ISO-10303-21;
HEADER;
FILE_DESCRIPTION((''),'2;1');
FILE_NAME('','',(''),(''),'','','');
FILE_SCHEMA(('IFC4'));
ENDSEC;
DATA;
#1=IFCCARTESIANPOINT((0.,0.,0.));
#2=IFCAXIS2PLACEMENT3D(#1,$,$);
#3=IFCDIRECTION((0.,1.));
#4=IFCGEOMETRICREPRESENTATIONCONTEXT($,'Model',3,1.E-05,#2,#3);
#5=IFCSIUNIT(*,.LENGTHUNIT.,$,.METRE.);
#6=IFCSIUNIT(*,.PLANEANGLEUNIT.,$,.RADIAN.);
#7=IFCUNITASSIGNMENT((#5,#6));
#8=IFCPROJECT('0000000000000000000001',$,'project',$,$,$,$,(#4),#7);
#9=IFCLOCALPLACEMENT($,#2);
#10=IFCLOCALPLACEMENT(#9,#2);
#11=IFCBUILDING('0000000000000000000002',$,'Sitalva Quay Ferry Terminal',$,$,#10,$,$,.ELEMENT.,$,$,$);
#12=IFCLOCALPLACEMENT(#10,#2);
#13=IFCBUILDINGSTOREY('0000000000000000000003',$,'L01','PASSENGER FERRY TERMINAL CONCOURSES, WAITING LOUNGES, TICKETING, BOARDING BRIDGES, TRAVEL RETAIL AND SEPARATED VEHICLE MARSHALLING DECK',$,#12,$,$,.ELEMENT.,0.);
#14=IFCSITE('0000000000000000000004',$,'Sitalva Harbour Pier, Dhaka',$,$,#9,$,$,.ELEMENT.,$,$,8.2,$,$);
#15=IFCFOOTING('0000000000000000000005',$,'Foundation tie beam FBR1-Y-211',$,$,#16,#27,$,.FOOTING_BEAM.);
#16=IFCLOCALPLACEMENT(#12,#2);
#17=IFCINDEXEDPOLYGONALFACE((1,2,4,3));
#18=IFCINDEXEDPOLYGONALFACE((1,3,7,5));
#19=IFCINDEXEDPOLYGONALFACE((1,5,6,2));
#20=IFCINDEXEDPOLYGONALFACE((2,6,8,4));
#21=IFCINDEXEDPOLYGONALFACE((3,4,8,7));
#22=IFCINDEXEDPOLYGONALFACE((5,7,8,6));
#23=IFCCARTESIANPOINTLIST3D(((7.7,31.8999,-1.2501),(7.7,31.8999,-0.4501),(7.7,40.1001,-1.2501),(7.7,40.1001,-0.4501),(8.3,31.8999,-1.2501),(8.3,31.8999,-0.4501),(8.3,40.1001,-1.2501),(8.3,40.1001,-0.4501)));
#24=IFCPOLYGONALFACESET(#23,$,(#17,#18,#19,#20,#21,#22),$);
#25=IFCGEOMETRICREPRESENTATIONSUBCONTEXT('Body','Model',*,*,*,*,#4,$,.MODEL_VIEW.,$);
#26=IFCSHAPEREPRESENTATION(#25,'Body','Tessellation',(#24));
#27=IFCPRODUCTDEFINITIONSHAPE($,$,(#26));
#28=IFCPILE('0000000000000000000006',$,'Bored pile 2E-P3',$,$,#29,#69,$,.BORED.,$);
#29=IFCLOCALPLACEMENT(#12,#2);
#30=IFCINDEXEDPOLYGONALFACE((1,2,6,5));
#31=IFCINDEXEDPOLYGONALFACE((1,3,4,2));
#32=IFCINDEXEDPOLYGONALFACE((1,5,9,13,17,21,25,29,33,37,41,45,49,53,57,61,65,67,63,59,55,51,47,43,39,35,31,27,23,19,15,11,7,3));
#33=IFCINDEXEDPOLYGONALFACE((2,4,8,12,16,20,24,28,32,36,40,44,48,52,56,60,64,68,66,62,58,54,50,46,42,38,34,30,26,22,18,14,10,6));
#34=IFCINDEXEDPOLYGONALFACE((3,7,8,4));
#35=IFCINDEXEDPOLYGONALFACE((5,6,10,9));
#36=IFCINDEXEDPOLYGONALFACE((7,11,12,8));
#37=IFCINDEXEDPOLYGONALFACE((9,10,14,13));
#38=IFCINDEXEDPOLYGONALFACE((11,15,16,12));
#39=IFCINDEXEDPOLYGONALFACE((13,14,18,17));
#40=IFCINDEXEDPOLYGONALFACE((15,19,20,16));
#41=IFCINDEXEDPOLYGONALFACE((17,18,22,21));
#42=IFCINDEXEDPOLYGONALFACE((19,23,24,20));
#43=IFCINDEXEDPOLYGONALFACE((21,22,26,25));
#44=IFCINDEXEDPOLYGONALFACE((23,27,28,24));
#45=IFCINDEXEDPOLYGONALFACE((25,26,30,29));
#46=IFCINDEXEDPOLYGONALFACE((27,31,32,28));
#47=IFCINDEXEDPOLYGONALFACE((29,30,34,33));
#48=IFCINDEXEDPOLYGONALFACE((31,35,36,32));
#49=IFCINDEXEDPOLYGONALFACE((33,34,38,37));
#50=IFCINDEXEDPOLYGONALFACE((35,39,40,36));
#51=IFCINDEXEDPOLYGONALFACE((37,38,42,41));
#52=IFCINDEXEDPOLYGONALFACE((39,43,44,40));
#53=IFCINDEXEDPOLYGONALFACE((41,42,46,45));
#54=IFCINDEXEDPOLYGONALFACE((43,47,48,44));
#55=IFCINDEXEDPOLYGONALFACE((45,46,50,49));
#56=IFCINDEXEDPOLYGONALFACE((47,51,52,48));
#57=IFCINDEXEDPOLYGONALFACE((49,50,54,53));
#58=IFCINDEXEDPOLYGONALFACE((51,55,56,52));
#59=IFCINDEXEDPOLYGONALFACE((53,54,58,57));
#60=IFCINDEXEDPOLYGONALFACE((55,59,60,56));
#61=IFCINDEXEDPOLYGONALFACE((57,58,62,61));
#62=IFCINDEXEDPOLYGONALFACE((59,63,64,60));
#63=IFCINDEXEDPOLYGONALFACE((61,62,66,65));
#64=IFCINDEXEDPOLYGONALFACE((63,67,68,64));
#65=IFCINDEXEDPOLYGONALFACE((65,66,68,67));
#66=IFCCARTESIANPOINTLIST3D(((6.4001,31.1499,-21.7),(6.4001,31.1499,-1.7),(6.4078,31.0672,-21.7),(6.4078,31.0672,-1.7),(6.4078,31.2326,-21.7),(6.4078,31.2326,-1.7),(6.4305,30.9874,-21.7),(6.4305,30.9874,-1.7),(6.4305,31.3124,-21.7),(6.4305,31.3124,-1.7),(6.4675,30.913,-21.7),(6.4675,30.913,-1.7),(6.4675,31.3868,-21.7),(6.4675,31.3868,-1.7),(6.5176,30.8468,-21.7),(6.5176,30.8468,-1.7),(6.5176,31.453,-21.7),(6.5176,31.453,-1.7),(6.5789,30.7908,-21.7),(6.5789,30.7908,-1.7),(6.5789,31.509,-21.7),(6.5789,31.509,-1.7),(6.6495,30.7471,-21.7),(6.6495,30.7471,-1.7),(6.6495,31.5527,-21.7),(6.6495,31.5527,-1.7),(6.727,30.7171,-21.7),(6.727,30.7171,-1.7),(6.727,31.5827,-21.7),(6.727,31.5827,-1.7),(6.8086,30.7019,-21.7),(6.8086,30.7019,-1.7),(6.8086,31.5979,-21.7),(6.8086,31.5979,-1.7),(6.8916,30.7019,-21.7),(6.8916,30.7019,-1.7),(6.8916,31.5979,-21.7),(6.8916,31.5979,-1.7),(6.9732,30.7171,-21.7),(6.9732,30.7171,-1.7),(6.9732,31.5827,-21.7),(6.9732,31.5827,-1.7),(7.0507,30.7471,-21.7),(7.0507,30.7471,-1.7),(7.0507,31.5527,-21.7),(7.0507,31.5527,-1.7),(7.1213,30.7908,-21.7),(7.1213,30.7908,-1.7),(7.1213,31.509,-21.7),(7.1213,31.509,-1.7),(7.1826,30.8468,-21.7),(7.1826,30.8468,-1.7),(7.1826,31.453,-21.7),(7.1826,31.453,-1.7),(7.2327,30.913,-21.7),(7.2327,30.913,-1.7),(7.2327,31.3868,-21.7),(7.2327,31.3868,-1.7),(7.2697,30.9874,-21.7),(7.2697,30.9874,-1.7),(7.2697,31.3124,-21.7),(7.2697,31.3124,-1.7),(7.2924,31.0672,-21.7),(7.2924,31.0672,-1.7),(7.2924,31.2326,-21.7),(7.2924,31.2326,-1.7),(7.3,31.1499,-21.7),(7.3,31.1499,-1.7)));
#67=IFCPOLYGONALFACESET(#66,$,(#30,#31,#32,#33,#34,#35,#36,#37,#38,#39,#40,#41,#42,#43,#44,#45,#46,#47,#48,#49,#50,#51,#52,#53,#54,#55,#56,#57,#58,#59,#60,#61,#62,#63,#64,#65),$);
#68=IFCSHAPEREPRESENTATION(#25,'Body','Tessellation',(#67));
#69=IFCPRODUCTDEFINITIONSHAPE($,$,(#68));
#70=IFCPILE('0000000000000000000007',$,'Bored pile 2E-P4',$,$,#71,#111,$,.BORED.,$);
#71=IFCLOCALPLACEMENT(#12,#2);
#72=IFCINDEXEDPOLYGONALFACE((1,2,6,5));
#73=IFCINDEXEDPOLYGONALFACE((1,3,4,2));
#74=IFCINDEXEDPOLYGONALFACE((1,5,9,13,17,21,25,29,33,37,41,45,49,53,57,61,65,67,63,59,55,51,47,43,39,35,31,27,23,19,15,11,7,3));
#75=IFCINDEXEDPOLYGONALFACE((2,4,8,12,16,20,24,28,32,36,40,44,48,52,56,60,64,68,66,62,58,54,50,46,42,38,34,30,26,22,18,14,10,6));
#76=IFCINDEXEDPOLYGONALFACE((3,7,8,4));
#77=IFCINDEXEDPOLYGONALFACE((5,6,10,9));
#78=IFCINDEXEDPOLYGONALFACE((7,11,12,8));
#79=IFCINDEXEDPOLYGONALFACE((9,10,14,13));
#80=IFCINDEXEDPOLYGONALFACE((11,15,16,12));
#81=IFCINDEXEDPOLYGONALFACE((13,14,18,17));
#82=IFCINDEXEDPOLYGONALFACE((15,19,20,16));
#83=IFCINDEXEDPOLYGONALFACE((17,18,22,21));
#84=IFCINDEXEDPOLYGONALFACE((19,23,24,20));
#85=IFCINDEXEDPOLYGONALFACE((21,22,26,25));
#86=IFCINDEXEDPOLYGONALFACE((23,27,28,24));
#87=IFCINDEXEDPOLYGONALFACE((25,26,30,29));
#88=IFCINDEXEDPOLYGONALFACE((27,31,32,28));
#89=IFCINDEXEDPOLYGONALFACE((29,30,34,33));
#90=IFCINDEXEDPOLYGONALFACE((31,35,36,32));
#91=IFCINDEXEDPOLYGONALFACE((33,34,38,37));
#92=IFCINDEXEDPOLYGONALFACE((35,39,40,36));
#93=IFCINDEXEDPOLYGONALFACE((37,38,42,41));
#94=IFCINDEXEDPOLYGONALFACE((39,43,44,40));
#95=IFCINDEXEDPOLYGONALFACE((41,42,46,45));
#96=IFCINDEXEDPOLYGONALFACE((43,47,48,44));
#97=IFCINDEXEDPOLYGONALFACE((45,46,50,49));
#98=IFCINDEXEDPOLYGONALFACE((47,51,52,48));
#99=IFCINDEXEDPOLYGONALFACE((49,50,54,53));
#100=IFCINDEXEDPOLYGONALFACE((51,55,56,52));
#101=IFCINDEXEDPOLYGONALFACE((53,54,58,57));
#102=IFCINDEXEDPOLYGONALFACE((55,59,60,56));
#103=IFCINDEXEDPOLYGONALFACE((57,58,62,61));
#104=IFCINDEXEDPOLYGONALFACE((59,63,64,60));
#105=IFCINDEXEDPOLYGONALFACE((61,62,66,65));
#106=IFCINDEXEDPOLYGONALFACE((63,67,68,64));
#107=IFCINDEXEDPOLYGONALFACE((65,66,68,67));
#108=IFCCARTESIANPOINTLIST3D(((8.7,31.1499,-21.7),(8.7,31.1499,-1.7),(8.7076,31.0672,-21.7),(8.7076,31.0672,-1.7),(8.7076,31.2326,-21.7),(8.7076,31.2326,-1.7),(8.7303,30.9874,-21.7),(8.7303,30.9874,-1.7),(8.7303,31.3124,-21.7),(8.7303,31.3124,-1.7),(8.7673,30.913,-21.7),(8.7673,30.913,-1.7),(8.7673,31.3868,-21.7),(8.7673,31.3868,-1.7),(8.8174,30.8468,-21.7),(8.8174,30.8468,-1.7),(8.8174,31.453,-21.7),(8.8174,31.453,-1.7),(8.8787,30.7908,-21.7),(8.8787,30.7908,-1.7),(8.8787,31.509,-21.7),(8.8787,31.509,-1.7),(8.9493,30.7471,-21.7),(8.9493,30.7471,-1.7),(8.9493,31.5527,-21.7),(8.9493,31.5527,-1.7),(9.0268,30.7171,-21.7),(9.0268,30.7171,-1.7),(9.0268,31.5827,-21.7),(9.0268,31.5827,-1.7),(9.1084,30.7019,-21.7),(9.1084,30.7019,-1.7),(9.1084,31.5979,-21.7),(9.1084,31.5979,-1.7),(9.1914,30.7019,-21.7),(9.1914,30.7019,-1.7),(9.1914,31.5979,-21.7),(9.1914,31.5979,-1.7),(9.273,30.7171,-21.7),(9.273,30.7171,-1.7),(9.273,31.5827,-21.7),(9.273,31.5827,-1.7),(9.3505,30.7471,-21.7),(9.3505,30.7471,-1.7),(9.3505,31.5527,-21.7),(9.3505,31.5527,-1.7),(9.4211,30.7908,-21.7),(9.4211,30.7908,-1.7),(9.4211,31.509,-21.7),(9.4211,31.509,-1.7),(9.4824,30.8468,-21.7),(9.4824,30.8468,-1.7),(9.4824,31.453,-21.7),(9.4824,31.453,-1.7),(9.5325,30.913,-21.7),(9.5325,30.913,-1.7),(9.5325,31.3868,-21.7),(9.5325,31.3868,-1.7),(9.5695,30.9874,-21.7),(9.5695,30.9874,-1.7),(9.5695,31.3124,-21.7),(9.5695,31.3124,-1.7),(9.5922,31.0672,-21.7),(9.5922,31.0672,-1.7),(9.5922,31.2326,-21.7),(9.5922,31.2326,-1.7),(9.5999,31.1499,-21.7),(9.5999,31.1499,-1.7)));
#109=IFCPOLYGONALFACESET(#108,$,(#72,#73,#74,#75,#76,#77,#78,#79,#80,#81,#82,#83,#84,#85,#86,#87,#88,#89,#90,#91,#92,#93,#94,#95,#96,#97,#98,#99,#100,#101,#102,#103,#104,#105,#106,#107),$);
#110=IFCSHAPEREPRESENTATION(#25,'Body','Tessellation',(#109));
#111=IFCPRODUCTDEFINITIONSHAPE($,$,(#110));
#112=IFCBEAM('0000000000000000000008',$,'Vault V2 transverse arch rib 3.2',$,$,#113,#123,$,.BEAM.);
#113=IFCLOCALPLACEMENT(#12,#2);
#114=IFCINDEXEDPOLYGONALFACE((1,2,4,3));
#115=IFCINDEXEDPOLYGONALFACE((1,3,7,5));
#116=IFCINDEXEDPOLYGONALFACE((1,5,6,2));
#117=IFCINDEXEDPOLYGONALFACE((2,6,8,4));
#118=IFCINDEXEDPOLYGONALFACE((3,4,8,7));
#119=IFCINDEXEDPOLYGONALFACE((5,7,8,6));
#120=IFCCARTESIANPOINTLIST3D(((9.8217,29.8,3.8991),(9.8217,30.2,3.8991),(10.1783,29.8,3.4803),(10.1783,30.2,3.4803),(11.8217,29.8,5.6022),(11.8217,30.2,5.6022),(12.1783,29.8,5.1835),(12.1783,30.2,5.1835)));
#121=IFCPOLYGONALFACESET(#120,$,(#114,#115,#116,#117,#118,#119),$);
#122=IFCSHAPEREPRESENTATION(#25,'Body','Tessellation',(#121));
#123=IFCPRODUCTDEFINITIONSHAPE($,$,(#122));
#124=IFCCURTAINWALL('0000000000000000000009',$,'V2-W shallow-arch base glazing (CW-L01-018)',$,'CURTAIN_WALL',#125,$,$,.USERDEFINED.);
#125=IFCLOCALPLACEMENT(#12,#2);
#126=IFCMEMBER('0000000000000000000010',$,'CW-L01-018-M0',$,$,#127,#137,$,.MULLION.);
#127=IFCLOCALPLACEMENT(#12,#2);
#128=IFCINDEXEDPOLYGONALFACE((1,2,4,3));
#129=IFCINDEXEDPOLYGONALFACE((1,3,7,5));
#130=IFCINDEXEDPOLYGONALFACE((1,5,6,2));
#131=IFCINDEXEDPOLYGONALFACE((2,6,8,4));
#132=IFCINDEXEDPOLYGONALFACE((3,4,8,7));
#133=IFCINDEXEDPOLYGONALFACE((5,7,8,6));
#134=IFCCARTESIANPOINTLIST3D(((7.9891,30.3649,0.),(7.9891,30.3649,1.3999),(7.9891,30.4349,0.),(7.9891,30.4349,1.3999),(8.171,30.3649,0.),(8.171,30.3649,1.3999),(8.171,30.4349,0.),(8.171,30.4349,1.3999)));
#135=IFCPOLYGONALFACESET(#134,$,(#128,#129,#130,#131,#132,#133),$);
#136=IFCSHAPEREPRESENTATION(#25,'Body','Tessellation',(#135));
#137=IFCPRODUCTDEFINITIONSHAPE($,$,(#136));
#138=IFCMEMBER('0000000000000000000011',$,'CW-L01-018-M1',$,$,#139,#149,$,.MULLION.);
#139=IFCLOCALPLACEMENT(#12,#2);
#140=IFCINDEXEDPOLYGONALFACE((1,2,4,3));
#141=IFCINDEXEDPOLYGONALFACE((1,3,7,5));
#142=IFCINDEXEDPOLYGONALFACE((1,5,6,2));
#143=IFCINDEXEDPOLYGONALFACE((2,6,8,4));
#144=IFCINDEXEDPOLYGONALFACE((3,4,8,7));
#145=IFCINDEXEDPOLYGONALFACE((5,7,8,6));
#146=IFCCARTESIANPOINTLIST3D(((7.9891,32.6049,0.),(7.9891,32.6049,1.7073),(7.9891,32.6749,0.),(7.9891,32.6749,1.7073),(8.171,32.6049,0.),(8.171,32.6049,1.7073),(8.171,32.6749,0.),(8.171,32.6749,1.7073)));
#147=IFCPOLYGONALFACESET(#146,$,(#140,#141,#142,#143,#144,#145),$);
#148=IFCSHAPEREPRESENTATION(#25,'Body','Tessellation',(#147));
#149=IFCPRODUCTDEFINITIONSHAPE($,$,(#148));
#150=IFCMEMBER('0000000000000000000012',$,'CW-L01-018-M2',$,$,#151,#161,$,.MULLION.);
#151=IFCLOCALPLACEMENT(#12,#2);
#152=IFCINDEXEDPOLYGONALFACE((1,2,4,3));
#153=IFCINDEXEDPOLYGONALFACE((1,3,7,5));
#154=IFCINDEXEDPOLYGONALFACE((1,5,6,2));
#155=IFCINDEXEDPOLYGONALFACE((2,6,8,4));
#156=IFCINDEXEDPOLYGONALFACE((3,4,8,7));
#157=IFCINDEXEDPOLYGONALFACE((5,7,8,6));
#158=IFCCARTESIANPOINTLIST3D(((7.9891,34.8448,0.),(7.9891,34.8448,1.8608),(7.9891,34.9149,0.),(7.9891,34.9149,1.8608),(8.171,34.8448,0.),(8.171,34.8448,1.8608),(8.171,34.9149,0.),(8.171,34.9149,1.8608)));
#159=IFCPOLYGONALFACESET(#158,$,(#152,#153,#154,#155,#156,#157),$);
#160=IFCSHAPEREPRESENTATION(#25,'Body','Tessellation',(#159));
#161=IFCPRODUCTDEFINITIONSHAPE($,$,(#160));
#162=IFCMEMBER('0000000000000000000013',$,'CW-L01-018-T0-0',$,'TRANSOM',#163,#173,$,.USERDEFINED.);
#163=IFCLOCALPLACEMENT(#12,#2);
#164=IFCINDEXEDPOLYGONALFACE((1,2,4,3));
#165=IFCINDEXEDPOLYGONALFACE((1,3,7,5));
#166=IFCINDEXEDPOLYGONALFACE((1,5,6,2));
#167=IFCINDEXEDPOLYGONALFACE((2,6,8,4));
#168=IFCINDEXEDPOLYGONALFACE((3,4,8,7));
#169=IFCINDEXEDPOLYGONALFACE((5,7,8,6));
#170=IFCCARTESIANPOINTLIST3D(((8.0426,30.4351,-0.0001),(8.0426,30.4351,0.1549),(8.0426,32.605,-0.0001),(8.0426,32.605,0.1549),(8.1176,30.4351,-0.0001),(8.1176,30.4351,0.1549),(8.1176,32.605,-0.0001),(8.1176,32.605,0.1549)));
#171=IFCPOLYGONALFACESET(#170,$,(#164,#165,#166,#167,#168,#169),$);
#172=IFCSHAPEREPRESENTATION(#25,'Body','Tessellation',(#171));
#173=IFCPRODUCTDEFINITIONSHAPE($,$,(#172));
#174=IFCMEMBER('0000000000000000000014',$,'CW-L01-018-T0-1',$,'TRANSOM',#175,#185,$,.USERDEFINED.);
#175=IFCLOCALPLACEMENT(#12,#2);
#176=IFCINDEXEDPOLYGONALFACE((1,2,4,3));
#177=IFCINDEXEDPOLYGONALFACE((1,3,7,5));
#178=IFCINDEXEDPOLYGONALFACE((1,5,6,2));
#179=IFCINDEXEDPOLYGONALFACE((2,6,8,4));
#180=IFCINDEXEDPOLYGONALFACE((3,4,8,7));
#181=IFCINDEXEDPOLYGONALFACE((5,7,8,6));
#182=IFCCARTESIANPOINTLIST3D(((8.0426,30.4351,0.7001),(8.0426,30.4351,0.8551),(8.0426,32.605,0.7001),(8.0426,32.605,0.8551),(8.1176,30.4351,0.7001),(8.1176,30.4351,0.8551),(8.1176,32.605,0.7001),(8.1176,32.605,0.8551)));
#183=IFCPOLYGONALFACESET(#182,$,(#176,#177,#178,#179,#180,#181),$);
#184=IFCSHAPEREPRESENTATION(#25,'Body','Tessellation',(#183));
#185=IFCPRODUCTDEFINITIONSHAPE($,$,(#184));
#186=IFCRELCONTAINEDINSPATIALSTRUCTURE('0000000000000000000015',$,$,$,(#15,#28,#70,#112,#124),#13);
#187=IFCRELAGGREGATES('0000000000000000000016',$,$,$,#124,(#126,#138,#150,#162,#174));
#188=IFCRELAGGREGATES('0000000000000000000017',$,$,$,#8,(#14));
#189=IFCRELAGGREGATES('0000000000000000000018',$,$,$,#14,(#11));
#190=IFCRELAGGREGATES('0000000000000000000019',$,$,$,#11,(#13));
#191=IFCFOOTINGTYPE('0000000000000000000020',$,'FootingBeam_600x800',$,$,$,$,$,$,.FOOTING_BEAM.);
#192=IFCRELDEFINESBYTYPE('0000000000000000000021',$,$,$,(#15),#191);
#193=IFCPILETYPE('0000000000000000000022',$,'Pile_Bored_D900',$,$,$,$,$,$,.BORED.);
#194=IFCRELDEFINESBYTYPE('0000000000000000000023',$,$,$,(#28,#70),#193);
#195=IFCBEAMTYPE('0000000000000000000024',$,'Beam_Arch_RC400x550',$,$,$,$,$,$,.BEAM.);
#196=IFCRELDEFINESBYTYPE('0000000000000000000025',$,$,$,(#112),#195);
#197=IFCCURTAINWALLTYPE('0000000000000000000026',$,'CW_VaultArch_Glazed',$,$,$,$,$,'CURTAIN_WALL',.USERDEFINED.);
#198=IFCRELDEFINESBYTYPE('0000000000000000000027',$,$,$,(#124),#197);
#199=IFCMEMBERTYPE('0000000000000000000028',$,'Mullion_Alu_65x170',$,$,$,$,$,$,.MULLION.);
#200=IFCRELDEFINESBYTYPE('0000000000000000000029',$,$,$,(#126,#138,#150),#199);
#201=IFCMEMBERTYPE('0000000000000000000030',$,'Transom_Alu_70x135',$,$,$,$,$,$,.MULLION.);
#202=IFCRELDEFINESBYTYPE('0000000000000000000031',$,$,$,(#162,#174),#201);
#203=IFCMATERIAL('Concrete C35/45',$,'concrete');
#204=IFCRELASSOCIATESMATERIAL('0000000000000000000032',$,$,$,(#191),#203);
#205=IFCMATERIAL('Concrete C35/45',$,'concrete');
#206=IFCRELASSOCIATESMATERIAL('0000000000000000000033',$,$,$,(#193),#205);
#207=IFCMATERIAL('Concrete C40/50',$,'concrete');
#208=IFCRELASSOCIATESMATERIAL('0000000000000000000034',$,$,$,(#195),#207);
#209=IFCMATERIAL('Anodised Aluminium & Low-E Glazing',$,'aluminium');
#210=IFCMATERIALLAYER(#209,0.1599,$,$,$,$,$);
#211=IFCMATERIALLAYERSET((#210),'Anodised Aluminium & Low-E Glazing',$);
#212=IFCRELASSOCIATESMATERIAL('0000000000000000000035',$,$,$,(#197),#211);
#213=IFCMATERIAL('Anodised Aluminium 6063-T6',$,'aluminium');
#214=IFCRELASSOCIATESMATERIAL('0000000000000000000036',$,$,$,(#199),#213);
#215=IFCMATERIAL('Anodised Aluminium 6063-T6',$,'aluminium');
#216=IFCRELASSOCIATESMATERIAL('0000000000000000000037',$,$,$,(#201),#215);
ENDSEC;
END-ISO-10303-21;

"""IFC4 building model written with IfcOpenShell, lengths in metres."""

from ifc_helpers import new_model, si_unit, direction, frame, origin, origin_2d, place, context, subcontext, project, spatial, rectangle, circle, extrude, material, layer, layer_set, material_profile, profile_set, type_object, element, aggregate, save


model = new_model("IFC4")

# Units and contexts
model_context = context("Model", 3, precision=1e-05, world=origin(), true_north=direction((0.0, 1.0)))
body_context = subcontext(model_context, "Body", "Model", "MODEL_VIEW")
ifc_project = project(units=[si_unit("LENGTHUNIT", "METRE"), si_unit("PLANEANGLEUNIT", "RADIAN")], contexts=[model_context])

# Site, building, storey
site_placement = place(None, origin())
site = spatial("IfcSite", under=ifc_project, at=site_placement, Name="Sitalva Harbour Pier, Dhaka", CompositionType="ELEMENT", RefElevation=8.2)
building_placement = place(site_placement, origin())
building = spatial("IfcBuilding", under=site, at=building_placement, Name="Sitalva Quay Ferry Terminal", CompositionType="ELEMENT")
storey_placement = place(building_placement, origin())
storey = spatial("IfcBuildingStorey", under=building, at=storey_placement, Name="L01", Description="PASSENGER FERRY TERMINAL CONCOURSES, WAITING LOUNGES, TICKETING, BOARDING BRIDGES, TRAVEL RETAIL AND SEPARATED VEHICLE MARSHALLING DECK", CompositionType="ELEMENT", Elevation=0.0)

# Footing
ifc_material_1 = material(Name="Concrete C35/45", Category="concrete")
ifc_material_profile_1 = material_profile(ifc_material_1, rectangle(XDim=0.6001, YDim=0.8, at=origin_2d()), Name="RC600x800")
ifc_profile_set_1 = profile_set([ifc_material_profile_1], Name="Concrete C35/45")
footing_type = type_object("IfcFootingType", Name="FootingBeam_600x800", PredefinedType="FOOTING_BEAM", material=ifc_profile_set_1)
footing_placement = place(storey_placement, frame((8.0, 31.8999, -0.8501), z_axis=(0.0, 1.0, 0.0), x_axis=(-1.0, 0.0, 0.0)))
element("IfcFooting", 1, at=footing_placement, inside=storey, type_object=footing_type, Name="Foundation tie beam FBR1-Y-211", PredefinedType="FOOTING_BEAM", context=body_context, shape_type="SweptSolid", body=[
    extrude(rectangle(XDim=0.6001, YDim=0.8, at=origin_2d()), origin(), (0.0, 0.0, 1.0), 8.2002),
])

# Piles
ifc_material_2 = material(Name="Concrete C35/45", Category="concrete")
ifc_material_profile_2 = material_profile(ifc_material_2, circle(Radius=0.45, at=origin_2d()), Name="PILE-D900")
ifc_profile_set_2 = profile_set([ifc_material_profile_2], Name="Concrete C35/45")
pile_type = type_object("IfcPileType", Name="Pile_Bored_D900", PredefinedType="BORED", material=ifc_profile_set_2)
for number, where, z_axis, x_axis, name in (
    (2, (6.8501, 31.1499, -1.7), (0.0, 0.0, -1.0), (1.0, 0.0, 0.0), "Bored pile 2E-P3"),
    (3, (9.1499, 31.1499, -1.7), (0.0, 0.0, -1.0), (1.0, 0.0, 0.0), "Bored pile 2E-P4"),
):
    element("IfcPile", number, at=place(storey_placement, frame(where, z_axis=z_axis, x_axis=x_axis)), inside=storey, type_object=pile_type, Name=name, PredefinedType="BORED", context=body_context, shape_type="SweptSolid", body=[
        extrude(circle(Radius=0.45, at=origin_2d()), origin(), (0.0, 0.0, 1.0), 20.0),
    ])

# Beam
ifc_material_3 = material(Name="Concrete C40/50", Category="concrete")
ifc_material_profile_3 = material_profile(ifc_material_3, rectangle(XDim=0.3999, YDim=0.55, at=origin_2d()), Name="RC400x550")
ifc_profile_set_3 = profile_set([ifc_material_profile_3], Name="Concrete C40/50")
beam_type = type_object("IfcBeamType", Name="Beam_Arch_RC400x550", PredefinedType="BEAM", material=ifc_profile_set_3)
beam_placement = place(storey_placement, frame((10.0, 30.0, 3.6897), z_axis=(0.761352, 0.0, 0.648339), x_axis=(0.0, 1.0, 0.0)))
element("IfcBeam", 4, at=beam_placement, inside=storey, type_object=beam_type, Name="Vault V2 transverse arch rib 3.2", PredefinedType="BEAM", context=body_context, shape_type="SweptSolid", body=[
    extrude(rectangle(XDim=0.3999, YDim=0.55, at=origin_2d()), origin(), (0.0, 0.0, 1.0), 2.627),
])

# Curtain wall, members
ifc_material_4 = material(Name="Anodised Aluminium & Low-E Glazing", Category="aluminium")
ifc_layer_1 = layer(ifc_material_4, 0.1599)
ifc_layer_set_1 = layer_set([ifc_layer_1], Name="Anodised Aluminium & Low-E Glazing")
curtain_wall_type = type_object("IfcCurtainWallType", Name="CW_VaultArch_Glazed", ElementType="CURTAIN_WALL", PredefinedType="USERDEFINED", material=ifc_layer_set_1)
curtain_wall_placement = place(storey_placement, origin())
curtain_wall = element("IfcCurtainWall", 5, at=curtain_wall_placement, inside=storey, type_object=curtain_wall_type, Name="V2-W shallow-arch base glazing (CW-L01-018)", ObjectType="CURTAIN_WALL", PredefinedType="USERDEFINED")
ifc_material_5 = material(Name="Anodised Aluminium 6063-T6", Category="aluminium")
ifc_material_profile_4 = material_profile(ifc_material_5, rectangle(XDim=0.0701, YDim=0.1819, at=origin_2d()), Name="ALU70x182")
ifc_profile_set_4 = profile_set([ifc_material_profile_4], Name="Anodised Aluminium 6063-T6")
member_type_1 = type_object("IfcMemberType", Name="Mullion_Alu_65x170", PredefinedType="MULLION", material=ifc_profile_set_4)
member_1_placement = place(storey_placement, frame((8.0801, 30.3999, 0.0), z_axis=(0.0, 0.0, 1.0), x_axis=(0.0, 1.0, 0.0)))
member_1 = element("IfcMember", 6, at=member_1_placement, type_object=member_type_1, Name="CW-L01-018-M0", PredefinedType="MULLION", context=body_context, shape_type="SweptSolid", body=[
    extrude(rectangle(XDim=0.0701, YDim=0.1819, at=origin_2d()), origin(), (0.0, 0.0, 1.0), 1.3999),
])
member_2_placement = place(storey_placement, frame((8.0801, 32.6399, 0.0), z_axis=(0.0, 0.0, 1.0), x_axis=(0.0, 1.0, 0.0)))
member_2 = element("IfcMember", 7, at=member_2_placement, type_object=member_type_1, Name="CW-L01-018-M1", PredefinedType="MULLION", context=body_context, shape_type="SweptSolid", body=[
    extrude(rectangle(XDim=0.0701, YDim=0.1819, at=origin_2d()), origin(), (0.0, 0.0, 1.0), 1.7073),
])
member_3_placement = place(storey_placement, frame((8.0801, 34.8799, 0.0), z_axis=(0.0, 0.0, 1.0), x_axis=(0.0, 1.0, 0.0)))
member_3 = element("IfcMember", 8, at=member_3_placement, type_object=member_type_1, Name="CW-L01-018-M2", PredefinedType="MULLION", context=body_context, shape_type="SweptSolid", body=[
    extrude(rectangle(XDim=0.0701, YDim=0.1819, at=origin_2d()), origin(), (0.0, 0.0, 1.0), 1.8608),
])
ifc_material_6 = material(Name="Anodised Aluminium 6063-T6", Category="aluminium")
ifc_material_profile_5 = material_profile(ifc_material_6, rectangle(XDim=0.075, YDim=0.155, at=origin_2d()), Name="ALU75x155")
ifc_profile_set_5 = profile_set([ifc_material_profile_5], Name="Anodised Aluminium 6063-T6")
member_type_2 = type_object("IfcMemberType", Name="Transom_Alu_70x135", PredefinedType="MULLION", material=ifc_profile_set_5)
member_4_placement = place(storey_placement, frame((8.0801, 30.4351, 0.0774), z_axis=(0.0, 1.0, 0.0), x_axis=(-1.0, 0.0, 0.0)))
member_4 = element("IfcMember", 9, at=member_4_placement, type_object=member_type_2, Name="CW-L01-018-T0-0", ObjectType="TRANSOM", PredefinedType="USERDEFINED", context=body_context, shape_type="SweptSolid", body=[
    extrude(rectangle(XDim=0.075, YDim=0.155, at=origin_2d()), origin(), (0.0, 0.0, 1.0), 2.1699),
])
member_5_placement = place(storey_placement, frame((8.0801, 30.4351, 0.7776), z_axis=(0.0, 1.0, 0.0), x_axis=(-1.0, 0.0, 0.0)))
member_5 = element("IfcMember", 10, at=member_5_placement, type_object=member_type_2, Name="CW-L01-018-T0-1", ObjectType="TRANSOM", PredefinedType="USERDEFINED", context=body_context, shape_type="SweptSolid", body=[
    extrude(rectangle(XDim=0.075, YDim=0.155, at=origin_2d()), origin(), (0.0, 0.0, 1.0), 2.1699),
])
aggregate(curtain_wall, [member_1, member_2, member_3, member_4, member_5])

save(model, "model.ifc")
